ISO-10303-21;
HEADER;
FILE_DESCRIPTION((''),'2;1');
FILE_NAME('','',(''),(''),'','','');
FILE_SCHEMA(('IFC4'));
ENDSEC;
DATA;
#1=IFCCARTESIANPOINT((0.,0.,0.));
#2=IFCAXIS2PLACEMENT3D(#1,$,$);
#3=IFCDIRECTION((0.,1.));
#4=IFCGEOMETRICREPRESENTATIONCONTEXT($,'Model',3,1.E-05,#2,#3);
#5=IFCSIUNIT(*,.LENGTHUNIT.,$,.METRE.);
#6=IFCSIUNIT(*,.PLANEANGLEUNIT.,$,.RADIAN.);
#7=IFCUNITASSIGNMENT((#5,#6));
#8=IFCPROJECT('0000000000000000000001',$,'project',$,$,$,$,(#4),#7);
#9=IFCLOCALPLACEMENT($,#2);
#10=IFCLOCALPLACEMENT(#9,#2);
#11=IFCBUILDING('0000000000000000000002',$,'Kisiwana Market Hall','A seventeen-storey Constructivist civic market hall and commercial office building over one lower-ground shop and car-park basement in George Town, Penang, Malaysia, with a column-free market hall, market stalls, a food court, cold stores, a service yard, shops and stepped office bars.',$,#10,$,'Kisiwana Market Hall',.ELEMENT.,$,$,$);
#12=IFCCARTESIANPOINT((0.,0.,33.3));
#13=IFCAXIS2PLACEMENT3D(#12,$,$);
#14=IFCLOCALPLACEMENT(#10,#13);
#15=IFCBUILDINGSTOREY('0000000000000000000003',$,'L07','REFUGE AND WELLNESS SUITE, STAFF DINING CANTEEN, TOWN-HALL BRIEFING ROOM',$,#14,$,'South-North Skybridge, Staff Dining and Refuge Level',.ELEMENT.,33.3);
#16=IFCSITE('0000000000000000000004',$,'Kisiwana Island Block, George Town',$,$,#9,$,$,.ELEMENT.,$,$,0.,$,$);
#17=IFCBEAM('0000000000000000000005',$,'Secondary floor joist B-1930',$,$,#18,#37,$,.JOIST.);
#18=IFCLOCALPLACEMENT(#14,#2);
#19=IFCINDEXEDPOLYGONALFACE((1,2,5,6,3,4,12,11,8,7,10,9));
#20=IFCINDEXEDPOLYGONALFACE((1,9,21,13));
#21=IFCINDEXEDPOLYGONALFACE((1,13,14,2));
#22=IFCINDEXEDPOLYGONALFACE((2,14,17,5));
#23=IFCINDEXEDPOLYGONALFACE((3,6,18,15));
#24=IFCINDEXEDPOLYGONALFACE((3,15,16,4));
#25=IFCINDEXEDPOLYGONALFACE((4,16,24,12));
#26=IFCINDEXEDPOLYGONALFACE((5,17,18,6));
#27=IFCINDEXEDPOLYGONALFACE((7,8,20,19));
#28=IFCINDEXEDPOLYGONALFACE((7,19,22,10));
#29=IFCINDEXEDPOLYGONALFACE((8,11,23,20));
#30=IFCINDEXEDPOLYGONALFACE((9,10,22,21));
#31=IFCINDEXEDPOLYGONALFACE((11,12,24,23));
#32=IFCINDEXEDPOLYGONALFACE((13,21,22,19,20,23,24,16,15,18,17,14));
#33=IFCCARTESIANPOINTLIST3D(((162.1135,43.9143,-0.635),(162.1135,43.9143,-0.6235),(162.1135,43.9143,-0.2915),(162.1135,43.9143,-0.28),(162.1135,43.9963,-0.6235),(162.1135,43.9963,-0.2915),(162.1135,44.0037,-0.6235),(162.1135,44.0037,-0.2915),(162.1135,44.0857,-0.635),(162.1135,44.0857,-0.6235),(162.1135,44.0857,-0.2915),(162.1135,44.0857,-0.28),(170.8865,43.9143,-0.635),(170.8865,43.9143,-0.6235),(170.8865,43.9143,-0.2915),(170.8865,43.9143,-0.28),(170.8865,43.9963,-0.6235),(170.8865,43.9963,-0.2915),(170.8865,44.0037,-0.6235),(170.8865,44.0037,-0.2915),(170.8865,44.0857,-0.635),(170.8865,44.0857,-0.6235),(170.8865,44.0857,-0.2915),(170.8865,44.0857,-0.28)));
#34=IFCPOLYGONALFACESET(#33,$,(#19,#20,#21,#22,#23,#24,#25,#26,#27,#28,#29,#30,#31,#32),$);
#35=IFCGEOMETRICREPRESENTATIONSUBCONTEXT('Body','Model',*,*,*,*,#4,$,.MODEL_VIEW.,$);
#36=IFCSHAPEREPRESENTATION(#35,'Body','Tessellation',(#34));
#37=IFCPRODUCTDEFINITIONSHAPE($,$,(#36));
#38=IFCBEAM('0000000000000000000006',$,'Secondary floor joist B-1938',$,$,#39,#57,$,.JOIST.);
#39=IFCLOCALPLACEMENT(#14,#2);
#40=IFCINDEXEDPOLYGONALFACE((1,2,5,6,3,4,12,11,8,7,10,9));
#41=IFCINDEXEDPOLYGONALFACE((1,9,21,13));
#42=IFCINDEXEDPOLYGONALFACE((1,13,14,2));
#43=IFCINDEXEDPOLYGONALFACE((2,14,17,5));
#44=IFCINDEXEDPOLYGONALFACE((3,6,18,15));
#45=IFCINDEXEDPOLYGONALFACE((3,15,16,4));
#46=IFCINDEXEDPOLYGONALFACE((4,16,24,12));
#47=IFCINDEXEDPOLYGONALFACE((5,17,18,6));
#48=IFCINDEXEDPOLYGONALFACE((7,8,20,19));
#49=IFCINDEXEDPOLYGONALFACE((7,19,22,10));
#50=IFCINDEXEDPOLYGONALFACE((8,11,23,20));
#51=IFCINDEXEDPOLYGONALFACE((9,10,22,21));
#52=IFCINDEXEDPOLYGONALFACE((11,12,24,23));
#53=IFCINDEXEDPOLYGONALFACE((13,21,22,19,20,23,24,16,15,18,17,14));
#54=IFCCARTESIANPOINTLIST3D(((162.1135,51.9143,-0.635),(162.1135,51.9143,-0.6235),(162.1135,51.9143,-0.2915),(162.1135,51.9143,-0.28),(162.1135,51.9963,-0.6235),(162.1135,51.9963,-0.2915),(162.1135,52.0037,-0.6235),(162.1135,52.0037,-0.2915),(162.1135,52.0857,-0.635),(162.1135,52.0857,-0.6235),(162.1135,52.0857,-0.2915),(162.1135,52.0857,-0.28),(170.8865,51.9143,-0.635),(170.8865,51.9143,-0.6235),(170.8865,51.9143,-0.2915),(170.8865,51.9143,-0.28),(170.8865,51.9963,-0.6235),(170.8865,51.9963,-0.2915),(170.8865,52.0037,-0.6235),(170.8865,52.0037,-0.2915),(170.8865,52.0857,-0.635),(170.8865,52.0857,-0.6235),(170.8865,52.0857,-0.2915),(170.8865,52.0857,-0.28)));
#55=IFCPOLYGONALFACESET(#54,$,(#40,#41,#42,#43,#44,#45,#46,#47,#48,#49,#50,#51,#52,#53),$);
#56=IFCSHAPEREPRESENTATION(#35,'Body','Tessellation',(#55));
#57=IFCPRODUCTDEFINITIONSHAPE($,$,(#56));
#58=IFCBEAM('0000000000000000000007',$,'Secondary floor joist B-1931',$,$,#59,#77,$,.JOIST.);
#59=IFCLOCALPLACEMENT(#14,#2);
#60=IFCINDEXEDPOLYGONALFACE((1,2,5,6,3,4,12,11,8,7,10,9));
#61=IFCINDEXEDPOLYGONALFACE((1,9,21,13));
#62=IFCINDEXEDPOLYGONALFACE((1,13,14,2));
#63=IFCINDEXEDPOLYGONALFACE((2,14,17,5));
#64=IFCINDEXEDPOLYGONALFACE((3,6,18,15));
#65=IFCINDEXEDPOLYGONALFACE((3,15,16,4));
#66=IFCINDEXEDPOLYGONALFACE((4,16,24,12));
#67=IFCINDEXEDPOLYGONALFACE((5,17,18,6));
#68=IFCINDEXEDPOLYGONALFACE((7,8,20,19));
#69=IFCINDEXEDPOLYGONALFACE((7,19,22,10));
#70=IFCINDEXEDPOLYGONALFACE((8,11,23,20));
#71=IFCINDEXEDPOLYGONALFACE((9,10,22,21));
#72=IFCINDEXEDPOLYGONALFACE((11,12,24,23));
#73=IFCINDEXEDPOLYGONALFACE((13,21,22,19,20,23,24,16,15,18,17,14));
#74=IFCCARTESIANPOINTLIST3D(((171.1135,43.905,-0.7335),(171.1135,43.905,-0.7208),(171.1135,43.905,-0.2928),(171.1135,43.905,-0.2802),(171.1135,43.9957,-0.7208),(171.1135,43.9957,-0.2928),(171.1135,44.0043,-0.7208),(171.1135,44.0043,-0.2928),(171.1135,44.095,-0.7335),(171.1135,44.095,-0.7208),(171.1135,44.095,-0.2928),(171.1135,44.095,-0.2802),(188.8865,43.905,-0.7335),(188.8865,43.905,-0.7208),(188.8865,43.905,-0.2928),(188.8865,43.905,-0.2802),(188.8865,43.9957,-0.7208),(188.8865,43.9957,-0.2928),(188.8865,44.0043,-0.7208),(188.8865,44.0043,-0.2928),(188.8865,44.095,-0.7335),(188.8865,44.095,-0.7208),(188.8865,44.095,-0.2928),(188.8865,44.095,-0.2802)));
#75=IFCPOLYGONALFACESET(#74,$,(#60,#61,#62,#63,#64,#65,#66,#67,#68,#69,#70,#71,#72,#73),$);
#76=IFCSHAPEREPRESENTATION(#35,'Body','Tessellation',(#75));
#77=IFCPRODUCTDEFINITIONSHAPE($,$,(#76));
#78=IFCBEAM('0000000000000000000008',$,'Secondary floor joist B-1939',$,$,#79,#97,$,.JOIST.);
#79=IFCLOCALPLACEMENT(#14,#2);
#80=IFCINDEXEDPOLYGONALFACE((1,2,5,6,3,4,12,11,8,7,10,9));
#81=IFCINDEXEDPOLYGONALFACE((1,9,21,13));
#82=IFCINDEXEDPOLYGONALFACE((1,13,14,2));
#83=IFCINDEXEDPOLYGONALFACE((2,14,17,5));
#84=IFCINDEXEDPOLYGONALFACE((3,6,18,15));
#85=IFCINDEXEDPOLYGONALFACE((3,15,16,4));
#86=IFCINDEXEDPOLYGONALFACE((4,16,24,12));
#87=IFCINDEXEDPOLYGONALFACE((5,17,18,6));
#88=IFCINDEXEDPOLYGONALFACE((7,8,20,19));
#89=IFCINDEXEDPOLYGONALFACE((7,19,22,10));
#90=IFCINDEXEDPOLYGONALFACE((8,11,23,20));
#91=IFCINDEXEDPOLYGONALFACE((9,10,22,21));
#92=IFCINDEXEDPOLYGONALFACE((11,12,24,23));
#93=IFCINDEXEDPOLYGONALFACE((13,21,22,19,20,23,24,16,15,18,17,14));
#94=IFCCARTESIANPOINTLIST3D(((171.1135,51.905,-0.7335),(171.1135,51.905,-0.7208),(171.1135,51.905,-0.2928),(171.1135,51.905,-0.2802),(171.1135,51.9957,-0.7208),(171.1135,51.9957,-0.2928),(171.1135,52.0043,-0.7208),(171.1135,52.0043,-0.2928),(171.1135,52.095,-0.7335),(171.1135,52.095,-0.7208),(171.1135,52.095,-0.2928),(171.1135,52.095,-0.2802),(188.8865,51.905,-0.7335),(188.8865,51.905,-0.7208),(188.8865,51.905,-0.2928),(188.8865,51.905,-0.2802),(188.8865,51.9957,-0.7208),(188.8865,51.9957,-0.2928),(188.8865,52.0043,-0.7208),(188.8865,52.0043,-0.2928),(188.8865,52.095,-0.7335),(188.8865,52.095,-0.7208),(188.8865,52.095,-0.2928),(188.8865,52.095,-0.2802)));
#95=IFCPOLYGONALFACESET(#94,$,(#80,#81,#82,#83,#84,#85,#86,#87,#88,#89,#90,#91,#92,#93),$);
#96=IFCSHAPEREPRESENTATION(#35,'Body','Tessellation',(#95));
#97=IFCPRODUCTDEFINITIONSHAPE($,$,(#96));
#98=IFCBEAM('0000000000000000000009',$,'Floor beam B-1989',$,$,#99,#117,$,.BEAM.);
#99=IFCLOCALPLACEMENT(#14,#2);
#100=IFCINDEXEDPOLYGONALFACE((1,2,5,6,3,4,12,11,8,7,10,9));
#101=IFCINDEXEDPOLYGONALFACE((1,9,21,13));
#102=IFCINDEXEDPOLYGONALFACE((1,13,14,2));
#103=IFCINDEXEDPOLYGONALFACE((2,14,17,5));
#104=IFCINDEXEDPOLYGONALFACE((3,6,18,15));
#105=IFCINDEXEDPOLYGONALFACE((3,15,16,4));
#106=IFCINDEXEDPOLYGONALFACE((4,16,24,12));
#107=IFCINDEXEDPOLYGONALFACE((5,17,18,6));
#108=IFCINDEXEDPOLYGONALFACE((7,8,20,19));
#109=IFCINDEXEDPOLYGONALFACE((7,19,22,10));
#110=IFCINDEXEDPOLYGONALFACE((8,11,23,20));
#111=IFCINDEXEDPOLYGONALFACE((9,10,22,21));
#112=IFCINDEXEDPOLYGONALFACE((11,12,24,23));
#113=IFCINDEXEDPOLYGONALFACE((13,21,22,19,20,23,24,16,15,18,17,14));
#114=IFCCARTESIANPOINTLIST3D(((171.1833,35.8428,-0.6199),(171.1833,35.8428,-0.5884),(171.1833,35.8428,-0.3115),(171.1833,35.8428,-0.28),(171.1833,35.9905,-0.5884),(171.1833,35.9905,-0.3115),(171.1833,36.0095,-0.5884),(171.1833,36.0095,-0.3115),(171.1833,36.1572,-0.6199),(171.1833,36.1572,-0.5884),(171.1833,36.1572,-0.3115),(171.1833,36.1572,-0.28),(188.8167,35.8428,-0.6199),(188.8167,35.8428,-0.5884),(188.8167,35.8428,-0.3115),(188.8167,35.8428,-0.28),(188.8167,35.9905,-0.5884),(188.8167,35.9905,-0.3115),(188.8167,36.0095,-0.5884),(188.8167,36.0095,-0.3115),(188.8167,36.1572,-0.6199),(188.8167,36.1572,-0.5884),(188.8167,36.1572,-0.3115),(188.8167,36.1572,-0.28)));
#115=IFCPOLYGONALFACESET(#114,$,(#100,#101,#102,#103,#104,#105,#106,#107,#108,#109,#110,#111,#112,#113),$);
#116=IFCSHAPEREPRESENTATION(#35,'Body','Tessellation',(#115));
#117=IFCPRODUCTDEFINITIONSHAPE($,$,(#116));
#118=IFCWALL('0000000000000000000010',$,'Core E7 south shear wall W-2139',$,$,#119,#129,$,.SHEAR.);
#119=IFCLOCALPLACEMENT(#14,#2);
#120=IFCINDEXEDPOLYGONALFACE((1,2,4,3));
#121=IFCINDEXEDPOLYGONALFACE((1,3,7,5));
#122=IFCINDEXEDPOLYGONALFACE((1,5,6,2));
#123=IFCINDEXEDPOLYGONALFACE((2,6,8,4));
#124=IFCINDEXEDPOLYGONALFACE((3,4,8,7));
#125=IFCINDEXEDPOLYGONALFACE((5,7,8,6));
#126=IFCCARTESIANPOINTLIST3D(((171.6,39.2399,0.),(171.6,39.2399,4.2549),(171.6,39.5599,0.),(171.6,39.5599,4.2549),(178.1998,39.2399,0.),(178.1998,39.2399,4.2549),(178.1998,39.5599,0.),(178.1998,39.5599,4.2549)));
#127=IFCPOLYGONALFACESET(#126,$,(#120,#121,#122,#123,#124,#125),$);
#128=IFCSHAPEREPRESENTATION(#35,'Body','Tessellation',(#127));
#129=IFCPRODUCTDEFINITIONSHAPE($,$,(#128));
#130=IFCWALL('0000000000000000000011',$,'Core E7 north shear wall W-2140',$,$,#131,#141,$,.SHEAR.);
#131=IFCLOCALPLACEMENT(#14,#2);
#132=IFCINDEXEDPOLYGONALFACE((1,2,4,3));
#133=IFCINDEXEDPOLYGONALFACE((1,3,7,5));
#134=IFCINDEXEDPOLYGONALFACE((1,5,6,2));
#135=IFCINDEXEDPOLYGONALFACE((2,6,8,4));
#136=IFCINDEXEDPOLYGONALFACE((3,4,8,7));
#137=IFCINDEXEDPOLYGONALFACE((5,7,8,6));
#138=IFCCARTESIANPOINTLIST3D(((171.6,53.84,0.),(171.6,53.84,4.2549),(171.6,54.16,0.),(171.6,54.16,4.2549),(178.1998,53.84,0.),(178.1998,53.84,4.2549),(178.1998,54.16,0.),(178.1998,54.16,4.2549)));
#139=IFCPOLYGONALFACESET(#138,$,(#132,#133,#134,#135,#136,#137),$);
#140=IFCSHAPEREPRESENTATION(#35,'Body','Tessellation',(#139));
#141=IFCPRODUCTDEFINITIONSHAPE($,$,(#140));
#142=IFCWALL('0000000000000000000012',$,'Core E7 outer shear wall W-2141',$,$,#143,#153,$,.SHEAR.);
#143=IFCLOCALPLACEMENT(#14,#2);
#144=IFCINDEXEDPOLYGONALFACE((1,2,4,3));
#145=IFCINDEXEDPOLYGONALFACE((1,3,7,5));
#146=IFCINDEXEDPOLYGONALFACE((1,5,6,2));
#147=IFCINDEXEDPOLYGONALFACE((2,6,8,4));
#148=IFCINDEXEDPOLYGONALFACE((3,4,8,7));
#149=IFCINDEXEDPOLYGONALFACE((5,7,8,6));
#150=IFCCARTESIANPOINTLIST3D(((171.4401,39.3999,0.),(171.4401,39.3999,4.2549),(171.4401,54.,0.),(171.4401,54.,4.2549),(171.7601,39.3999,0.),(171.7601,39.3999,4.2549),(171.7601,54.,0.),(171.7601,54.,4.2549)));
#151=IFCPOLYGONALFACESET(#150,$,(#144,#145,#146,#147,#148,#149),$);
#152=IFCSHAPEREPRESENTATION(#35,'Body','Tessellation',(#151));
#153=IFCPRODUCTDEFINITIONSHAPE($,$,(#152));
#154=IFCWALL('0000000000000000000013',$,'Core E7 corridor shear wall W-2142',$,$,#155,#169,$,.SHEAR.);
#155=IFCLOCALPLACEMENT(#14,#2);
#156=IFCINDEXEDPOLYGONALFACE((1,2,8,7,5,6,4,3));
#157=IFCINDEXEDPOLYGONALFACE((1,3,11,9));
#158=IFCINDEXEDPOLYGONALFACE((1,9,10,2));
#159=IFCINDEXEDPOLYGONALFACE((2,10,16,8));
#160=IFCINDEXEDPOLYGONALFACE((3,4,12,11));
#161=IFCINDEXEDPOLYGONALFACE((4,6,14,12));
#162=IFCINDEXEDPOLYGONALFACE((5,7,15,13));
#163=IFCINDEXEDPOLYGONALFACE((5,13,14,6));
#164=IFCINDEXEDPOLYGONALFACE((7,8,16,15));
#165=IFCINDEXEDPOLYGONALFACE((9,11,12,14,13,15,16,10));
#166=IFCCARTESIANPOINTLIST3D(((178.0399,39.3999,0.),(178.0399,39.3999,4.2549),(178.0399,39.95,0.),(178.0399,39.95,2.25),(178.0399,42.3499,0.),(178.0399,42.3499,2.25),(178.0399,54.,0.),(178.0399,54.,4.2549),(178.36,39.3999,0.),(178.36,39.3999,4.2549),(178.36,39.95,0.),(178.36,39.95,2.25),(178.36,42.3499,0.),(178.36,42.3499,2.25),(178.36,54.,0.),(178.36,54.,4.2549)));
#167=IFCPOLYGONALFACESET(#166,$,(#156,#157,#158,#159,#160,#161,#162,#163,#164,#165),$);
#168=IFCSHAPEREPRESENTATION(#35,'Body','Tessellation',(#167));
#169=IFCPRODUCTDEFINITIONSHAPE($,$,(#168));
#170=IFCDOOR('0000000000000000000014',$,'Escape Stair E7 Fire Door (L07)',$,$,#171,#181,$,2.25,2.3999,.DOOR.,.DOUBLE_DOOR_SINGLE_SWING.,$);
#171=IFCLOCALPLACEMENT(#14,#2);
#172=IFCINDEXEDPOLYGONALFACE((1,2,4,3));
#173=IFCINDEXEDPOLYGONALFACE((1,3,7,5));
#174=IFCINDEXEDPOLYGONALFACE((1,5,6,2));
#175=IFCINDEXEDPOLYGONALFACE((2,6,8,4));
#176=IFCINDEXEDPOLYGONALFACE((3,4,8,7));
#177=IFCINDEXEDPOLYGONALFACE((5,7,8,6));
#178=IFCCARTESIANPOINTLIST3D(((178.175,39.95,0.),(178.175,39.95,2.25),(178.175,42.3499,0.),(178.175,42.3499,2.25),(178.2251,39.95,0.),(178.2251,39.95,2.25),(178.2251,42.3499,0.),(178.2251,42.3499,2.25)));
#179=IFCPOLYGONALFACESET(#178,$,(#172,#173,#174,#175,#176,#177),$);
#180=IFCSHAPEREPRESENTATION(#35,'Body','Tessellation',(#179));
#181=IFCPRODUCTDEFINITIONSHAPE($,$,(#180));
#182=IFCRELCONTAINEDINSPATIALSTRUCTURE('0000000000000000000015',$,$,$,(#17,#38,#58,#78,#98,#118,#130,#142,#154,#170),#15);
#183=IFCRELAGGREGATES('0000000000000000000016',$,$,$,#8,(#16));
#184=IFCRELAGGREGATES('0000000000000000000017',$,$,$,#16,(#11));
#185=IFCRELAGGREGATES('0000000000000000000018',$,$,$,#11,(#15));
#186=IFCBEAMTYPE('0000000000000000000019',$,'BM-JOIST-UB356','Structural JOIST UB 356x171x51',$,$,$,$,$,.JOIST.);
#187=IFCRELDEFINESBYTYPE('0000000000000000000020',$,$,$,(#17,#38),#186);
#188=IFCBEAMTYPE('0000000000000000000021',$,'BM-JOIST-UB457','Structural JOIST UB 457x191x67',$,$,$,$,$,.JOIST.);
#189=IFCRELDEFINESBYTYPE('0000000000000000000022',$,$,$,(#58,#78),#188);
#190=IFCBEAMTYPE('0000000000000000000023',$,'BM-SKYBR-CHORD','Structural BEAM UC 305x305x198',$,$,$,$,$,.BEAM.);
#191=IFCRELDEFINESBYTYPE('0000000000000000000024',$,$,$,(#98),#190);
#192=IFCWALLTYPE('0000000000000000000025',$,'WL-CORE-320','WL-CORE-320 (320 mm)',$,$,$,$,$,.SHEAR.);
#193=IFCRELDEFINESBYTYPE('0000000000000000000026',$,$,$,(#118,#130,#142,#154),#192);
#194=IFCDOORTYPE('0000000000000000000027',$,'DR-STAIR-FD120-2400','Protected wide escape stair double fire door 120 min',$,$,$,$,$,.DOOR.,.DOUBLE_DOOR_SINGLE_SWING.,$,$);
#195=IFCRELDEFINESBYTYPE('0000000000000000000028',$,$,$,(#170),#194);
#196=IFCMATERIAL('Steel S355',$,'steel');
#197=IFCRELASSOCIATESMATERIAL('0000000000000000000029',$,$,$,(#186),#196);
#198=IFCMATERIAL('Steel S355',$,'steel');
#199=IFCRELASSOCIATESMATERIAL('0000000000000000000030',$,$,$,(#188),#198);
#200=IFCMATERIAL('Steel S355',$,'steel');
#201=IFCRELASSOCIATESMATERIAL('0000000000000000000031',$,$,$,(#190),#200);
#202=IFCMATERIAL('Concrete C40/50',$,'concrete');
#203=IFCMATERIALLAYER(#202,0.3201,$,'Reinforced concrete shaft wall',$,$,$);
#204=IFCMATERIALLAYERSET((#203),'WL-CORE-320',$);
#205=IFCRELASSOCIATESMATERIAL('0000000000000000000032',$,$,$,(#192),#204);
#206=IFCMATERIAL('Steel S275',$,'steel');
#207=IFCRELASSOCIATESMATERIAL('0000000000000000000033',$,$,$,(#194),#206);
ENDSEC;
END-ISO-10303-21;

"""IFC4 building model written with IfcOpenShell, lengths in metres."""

from ifc_helpers import new_model, si_unit, direction, frame, frame_2d, origin, origin_2d, place, context, subcontext, project, spatial, rectangle, i_section, extrude, material, layer, layer_set, material_profile, profile_set, type_object, element, fill, save


model = new_model("IFC4")

# Units and contexts
model_context = context("Model", 3, precision=1e-05, world=origin(), true_north=direction((0.0, 1.0)))
body_context = subcontext(model_context, "Body", "Model", "MODEL_VIEW")
ifc_project = project(units=[si_unit("LENGTHUNIT", "METRE"), si_unit("PLANEANGLEUNIT", "RADIAN")], contexts=[model_context])

# Site, building, storey
site_placement = place(None, origin())
site = spatial("IfcSite", under=ifc_project, at=site_placement, Name="Kisiwana Island Block, George Town", CompositionType="ELEMENT", RefElevation=0.0)
building_placement = place(site_placement, origin())
building = spatial("IfcBuilding", under=site, at=building_placement, Name="Kisiwana Market Hall", Description="A seventeen-storey Constructivist civic market hall and commercial office building over one lower-ground shop and car-park basement in George Town, Penang, Malaysia, with a column-free market hall, market stalls, a food court, cold stores, a service yard, shops and stepped office bars.", LongName="Kisiwana Market Hall", CompositionType="ELEMENT")
storey_placement = place(building_placement, frame((0.0, 0.0, 33.3)))
storey = spatial("IfcBuildingStorey", under=building, at=storey_placement, Name="L07", Description="REFUGE AND WELLNESS SUITE, STAFF DINING CANTEEN, TOWN-HALL BRIEFING ROOM", LongName="South-North Skybridge, Staff Dining and Refuge Level", CompositionType="ELEMENT", Elevation=33.3)

# Beams
ifc_material_1 = material(Name="Steel S355", Category="steel")
ifc_material_profile_1 = material_profile(ifc_material_1, i_section(OverallWidth=0.1714, OverallDepth=0.355, WebThickness=0.0073, FlangeThickness=0.0115, at=origin_2d()), Name="UB 356x171x51")
ifc_profile_set_1 = profile_set([ifc_material_profile_1], Name="Steel S355")
beam_type_1 = type_object("IfcBeamType", Name="BM-JOIST-UB356", Description="Structural JOIST UB 356x171x51", PredefinedType="JOIST", material=ifc_profile_set_1)
for number, where, z_axis, x_axis, name in (
    (1, (162.1135, 44.0, -0.4575), (1.0, 0.0, 0.0), (0.0, 1.0, 0.0), "Secondary floor joist B-1930"),
    (2, (162.1135, 52.0, -0.4575), (1.0, 0.0, 0.0), (0.0, 1.0, 0.0), "Secondary floor joist B-1938"),
):
    element("IfcBeam", number, at=place(storey_placement, frame(where, z_axis=z_axis, x_axis=x_axis)), inside=storey, type_object=beam_type_1, Name=name, PredefinedType="JOIST", context=body_context, shape_type="SweptSolid", body=[
        extrude(i_section(OverallWidth=0.1714, OverallDepth=0.355, WebThickness=0.0073, FlangeThickness=0.0115, at=origin_2d()), origin(), (0.0, 0.0, 1.0), 8.7729),
    ])
ifc_material_2 = material(Name="Steel S355", Category="steel")
ifc_material_profile_2 = material_profile(ifc_material_2, i_section(OverallWidth=0.1899, OverallDepth=0.4534, WebThickness=0.0085, FlangeThickness=0.0127, at=origin_2d()), Name="UB 457x191x67")
ifc_profile_set_2 = profile_set([ifc_material_profile_2], Name="Steel S355")
beam_type_2 = type_object("IfcBeamType", Name="BM-JOIST-UB457", Description="Structural JOIST UB 457x191x67", PredefinedType="JOIST", material=ifc_profile_set_2)
for number, where, z_axis, x_axis, name in (
    (3, (171.1135, 44.0, -0.5068), (1.0, 0.0, 0.0), (0.0, 1.0, 0.0), "Secondary floor joist B-1931"),
    (4, (171.1135, 52.0, -0.5068), (1.0, 0.0, 0.0), (0.0, 1.0, 0.0), "Secondary floor joist B-1939"),
):
    element("IfcBeam", number, at=place(storey_placement, frame(where, z_axis=z_axis, x_axis=x_axis)), inside=storey, type_object=beam_type_2, Name=name, PredefinedType="JOIST", context=body_context, shape_type="SweptSolid", body=[
        extrude(i_section(OverallWidth=0.1899, OverallDepth=0.4534, WebThickness=0.0085, FlangeThickness=0.0127, at=origin_2d()), origin(), (0.0, 0.0, 1.0), 17.7729),
    ])
ifc_material_3 = material(Name="Steel S355", Category="steel")
ifc_material_profile_3 = material_profile(ifc_material_3, i_section(OverallWidth=0.3145, OverallDepth=0.3398, WebThickness=0.019, FlangeThickness=0.0315, at=origin_2d()), Name="UC 305x305x198")
ifc_profile_set_3 = profile_set([ifc_material_profile_3], Name="Steel S355")
beam_type_3 = type_object("IfcBeamType", Name="BM-SKYBR-CHORD", Description="Structural BEAM UC 305x305x198", PredefinedType="BEAM", material=ifc_profile_set_3)
beam_1_placement = place(storey_placement, frame((171.1833, 36.0, -0.45), z_axis=(1.0, 0.0, 0.0), x_axis=(0.0, 1.0, 0.0)))
element("IfcBeam", 5, at=beam_1_placement, inside=storey, type_object=beam_type_3, Name="Floor beam B-1989", PredefinedType="BEAM", context=body_context, shape_type="SweptSolid", body=[
    extrude(i_section(OverallWidth=0.3145, OverallDepth=0.3398, WebThickness=0.019, FlangeThickness=0.0315, at=origin_2d()), origin(), (0.0, 0.0, 1.0), 17.6333),
])

# Walls
ifc_material_4 = material(Name="Concrete C40/50", Category="concrete")
ifc_layer = layer(ifc_material_4, 0.3201, Name="Reinforced concrete shaft wall")
ifc_layer_set = layer_set([ifc_layer], Name="WL-CORE-320")
wall_type = type_object("IfcWallType", Name="WL-CORE-320", Description="WL-CORE-320 (320 mm)", PredefinedType="SHEAR", material=ifc_layer_set)
for number, where, z_axis, x_axis, name in (
    (6, (171.6001, 39.3999, 0.0), (0.0, 0.0, 1.0), (1.0, 0.0, 0.0), "Core E7 south shear wall W-2139"),
    (7, (171.6001, 54.0, 0.0), (0.0, 0.0, 1.0), (1.0, 0.0, 0.0), "Core E7 north shear wall W-2140"),
):
    element("IfcWall", number, at=place(storey_placement, frame(where, z_axis=z_axis, x_axis=x_axis)), inside=storey, type_object=wall_type, Name=name, PredefinedType="SHEAR", context=body_context, shape_type="SweptSolid", body=[
        extrude(rectangle(XDim=6.5999, YDim=0.3201, at=frame_2d((3.2998, 0.0))), origin(), (0.0, 0.0, 1.0), 4.2549),
    ])
wall_1_placement = place(storey_placement, frame((171.6001, 39.3999, 0.0), z_axis=(0.0, 0.0, 1.0), x_axis=(0.0, 1.0, 0.0)))
element("IfcWall", 8, at=wall_1_placement, inside=storey, type_object=wall_type, Name="Core E7 outer shear wall W-2141", PredefinedType="SHEAR", context=body_context, shape_type="SweptSolid", body=[
    extrude(rectangle(XDim=14.6001, YDim=0.3201, at=frame_2d((7.3, 0.0))), origin(), (0.0, 0.0, 1.0), 4.2549),
])

# Wall, opening, door
wall_2_placement = place(storey_placement, frame((178.2, 39.3999, 0.0), z_axis=(0.0, 0.0, 1.0), x_axis=(0.0, 1.0, 0.0)))
wall_2 = element("IfcWall", 9, at=wall_2_placement, inside=storey, type_object=wall_type, Name="Core E7 corridor shear wall W-2142", PredefinedType="SHEAR", context=body_context, shape_type="SweptSolid", body=[
    extrude(rectangle(XDim=14.6001, YDim=0.3201, at=frame_2d((7.3, 0.0))), origin(), (0.0, 0.0, 1.0), 4.2549),
])
opening_1_placement = place(wall_2_placement, frame((0.55, 0.0, 0.0)))
opening_1 = element("IfcOpeningElement", 10, at=opening_1_placement, cuts=wall_2, PredefinedType="OPENING", context=body_context, shape_type="SweptSolid", body=[
    extrude(rectangle(XDim=2.3999, YDim=2.25, at=frame_2d((1.2, 1.125))), frame((0.0, 0.1719, 0.0), z_axis=(0.0, -1.0, 0.0), x_axis=(1.0, 0.0, 0.0)), (0.0, 0.0, 1.0), 0.344),
])
ifc_material_5 = material(Name="Steel S275", Category="steel")
door_type = type_object("IfcDoorType", Name="DR-STAIR-FD120-2400", Description="Protected wide escape stair double fire door 120 min", OperationType="DOUBLE_DOOR_SINGLE_SWING", PredefinedType="DOOR", material=ifc_material_5)
door_1_placement = place(opening_1_placement, origin())
door_1 = element("IfcDoor", 11, at=door_1_placement, inside=storey, type_object=door_type, Name="Escape Stair E7 Fire Door (L07)", OperationType="DOUBLE_DOOR_SINGLE_SWING", OverallHeight=2.25, OverallWidth=2.3999, PredefinedType="DOOR", context=body_context, shape_type="SweptSolid", body=[
    extrude(rectangle(XDim=2.3999, YDim=2.25, at=frame_2d((1.2, 1.125))), frame((0.0, 0.0249, 0.0), z_axis=(0.0, -1.0, 0.0), x_axis=(1.0, 0.0, 0.0)), (0.0, 0.0, 1.0), 0.05),
])
fill(opening_1, door_1)

save(model, "model.ifc")
